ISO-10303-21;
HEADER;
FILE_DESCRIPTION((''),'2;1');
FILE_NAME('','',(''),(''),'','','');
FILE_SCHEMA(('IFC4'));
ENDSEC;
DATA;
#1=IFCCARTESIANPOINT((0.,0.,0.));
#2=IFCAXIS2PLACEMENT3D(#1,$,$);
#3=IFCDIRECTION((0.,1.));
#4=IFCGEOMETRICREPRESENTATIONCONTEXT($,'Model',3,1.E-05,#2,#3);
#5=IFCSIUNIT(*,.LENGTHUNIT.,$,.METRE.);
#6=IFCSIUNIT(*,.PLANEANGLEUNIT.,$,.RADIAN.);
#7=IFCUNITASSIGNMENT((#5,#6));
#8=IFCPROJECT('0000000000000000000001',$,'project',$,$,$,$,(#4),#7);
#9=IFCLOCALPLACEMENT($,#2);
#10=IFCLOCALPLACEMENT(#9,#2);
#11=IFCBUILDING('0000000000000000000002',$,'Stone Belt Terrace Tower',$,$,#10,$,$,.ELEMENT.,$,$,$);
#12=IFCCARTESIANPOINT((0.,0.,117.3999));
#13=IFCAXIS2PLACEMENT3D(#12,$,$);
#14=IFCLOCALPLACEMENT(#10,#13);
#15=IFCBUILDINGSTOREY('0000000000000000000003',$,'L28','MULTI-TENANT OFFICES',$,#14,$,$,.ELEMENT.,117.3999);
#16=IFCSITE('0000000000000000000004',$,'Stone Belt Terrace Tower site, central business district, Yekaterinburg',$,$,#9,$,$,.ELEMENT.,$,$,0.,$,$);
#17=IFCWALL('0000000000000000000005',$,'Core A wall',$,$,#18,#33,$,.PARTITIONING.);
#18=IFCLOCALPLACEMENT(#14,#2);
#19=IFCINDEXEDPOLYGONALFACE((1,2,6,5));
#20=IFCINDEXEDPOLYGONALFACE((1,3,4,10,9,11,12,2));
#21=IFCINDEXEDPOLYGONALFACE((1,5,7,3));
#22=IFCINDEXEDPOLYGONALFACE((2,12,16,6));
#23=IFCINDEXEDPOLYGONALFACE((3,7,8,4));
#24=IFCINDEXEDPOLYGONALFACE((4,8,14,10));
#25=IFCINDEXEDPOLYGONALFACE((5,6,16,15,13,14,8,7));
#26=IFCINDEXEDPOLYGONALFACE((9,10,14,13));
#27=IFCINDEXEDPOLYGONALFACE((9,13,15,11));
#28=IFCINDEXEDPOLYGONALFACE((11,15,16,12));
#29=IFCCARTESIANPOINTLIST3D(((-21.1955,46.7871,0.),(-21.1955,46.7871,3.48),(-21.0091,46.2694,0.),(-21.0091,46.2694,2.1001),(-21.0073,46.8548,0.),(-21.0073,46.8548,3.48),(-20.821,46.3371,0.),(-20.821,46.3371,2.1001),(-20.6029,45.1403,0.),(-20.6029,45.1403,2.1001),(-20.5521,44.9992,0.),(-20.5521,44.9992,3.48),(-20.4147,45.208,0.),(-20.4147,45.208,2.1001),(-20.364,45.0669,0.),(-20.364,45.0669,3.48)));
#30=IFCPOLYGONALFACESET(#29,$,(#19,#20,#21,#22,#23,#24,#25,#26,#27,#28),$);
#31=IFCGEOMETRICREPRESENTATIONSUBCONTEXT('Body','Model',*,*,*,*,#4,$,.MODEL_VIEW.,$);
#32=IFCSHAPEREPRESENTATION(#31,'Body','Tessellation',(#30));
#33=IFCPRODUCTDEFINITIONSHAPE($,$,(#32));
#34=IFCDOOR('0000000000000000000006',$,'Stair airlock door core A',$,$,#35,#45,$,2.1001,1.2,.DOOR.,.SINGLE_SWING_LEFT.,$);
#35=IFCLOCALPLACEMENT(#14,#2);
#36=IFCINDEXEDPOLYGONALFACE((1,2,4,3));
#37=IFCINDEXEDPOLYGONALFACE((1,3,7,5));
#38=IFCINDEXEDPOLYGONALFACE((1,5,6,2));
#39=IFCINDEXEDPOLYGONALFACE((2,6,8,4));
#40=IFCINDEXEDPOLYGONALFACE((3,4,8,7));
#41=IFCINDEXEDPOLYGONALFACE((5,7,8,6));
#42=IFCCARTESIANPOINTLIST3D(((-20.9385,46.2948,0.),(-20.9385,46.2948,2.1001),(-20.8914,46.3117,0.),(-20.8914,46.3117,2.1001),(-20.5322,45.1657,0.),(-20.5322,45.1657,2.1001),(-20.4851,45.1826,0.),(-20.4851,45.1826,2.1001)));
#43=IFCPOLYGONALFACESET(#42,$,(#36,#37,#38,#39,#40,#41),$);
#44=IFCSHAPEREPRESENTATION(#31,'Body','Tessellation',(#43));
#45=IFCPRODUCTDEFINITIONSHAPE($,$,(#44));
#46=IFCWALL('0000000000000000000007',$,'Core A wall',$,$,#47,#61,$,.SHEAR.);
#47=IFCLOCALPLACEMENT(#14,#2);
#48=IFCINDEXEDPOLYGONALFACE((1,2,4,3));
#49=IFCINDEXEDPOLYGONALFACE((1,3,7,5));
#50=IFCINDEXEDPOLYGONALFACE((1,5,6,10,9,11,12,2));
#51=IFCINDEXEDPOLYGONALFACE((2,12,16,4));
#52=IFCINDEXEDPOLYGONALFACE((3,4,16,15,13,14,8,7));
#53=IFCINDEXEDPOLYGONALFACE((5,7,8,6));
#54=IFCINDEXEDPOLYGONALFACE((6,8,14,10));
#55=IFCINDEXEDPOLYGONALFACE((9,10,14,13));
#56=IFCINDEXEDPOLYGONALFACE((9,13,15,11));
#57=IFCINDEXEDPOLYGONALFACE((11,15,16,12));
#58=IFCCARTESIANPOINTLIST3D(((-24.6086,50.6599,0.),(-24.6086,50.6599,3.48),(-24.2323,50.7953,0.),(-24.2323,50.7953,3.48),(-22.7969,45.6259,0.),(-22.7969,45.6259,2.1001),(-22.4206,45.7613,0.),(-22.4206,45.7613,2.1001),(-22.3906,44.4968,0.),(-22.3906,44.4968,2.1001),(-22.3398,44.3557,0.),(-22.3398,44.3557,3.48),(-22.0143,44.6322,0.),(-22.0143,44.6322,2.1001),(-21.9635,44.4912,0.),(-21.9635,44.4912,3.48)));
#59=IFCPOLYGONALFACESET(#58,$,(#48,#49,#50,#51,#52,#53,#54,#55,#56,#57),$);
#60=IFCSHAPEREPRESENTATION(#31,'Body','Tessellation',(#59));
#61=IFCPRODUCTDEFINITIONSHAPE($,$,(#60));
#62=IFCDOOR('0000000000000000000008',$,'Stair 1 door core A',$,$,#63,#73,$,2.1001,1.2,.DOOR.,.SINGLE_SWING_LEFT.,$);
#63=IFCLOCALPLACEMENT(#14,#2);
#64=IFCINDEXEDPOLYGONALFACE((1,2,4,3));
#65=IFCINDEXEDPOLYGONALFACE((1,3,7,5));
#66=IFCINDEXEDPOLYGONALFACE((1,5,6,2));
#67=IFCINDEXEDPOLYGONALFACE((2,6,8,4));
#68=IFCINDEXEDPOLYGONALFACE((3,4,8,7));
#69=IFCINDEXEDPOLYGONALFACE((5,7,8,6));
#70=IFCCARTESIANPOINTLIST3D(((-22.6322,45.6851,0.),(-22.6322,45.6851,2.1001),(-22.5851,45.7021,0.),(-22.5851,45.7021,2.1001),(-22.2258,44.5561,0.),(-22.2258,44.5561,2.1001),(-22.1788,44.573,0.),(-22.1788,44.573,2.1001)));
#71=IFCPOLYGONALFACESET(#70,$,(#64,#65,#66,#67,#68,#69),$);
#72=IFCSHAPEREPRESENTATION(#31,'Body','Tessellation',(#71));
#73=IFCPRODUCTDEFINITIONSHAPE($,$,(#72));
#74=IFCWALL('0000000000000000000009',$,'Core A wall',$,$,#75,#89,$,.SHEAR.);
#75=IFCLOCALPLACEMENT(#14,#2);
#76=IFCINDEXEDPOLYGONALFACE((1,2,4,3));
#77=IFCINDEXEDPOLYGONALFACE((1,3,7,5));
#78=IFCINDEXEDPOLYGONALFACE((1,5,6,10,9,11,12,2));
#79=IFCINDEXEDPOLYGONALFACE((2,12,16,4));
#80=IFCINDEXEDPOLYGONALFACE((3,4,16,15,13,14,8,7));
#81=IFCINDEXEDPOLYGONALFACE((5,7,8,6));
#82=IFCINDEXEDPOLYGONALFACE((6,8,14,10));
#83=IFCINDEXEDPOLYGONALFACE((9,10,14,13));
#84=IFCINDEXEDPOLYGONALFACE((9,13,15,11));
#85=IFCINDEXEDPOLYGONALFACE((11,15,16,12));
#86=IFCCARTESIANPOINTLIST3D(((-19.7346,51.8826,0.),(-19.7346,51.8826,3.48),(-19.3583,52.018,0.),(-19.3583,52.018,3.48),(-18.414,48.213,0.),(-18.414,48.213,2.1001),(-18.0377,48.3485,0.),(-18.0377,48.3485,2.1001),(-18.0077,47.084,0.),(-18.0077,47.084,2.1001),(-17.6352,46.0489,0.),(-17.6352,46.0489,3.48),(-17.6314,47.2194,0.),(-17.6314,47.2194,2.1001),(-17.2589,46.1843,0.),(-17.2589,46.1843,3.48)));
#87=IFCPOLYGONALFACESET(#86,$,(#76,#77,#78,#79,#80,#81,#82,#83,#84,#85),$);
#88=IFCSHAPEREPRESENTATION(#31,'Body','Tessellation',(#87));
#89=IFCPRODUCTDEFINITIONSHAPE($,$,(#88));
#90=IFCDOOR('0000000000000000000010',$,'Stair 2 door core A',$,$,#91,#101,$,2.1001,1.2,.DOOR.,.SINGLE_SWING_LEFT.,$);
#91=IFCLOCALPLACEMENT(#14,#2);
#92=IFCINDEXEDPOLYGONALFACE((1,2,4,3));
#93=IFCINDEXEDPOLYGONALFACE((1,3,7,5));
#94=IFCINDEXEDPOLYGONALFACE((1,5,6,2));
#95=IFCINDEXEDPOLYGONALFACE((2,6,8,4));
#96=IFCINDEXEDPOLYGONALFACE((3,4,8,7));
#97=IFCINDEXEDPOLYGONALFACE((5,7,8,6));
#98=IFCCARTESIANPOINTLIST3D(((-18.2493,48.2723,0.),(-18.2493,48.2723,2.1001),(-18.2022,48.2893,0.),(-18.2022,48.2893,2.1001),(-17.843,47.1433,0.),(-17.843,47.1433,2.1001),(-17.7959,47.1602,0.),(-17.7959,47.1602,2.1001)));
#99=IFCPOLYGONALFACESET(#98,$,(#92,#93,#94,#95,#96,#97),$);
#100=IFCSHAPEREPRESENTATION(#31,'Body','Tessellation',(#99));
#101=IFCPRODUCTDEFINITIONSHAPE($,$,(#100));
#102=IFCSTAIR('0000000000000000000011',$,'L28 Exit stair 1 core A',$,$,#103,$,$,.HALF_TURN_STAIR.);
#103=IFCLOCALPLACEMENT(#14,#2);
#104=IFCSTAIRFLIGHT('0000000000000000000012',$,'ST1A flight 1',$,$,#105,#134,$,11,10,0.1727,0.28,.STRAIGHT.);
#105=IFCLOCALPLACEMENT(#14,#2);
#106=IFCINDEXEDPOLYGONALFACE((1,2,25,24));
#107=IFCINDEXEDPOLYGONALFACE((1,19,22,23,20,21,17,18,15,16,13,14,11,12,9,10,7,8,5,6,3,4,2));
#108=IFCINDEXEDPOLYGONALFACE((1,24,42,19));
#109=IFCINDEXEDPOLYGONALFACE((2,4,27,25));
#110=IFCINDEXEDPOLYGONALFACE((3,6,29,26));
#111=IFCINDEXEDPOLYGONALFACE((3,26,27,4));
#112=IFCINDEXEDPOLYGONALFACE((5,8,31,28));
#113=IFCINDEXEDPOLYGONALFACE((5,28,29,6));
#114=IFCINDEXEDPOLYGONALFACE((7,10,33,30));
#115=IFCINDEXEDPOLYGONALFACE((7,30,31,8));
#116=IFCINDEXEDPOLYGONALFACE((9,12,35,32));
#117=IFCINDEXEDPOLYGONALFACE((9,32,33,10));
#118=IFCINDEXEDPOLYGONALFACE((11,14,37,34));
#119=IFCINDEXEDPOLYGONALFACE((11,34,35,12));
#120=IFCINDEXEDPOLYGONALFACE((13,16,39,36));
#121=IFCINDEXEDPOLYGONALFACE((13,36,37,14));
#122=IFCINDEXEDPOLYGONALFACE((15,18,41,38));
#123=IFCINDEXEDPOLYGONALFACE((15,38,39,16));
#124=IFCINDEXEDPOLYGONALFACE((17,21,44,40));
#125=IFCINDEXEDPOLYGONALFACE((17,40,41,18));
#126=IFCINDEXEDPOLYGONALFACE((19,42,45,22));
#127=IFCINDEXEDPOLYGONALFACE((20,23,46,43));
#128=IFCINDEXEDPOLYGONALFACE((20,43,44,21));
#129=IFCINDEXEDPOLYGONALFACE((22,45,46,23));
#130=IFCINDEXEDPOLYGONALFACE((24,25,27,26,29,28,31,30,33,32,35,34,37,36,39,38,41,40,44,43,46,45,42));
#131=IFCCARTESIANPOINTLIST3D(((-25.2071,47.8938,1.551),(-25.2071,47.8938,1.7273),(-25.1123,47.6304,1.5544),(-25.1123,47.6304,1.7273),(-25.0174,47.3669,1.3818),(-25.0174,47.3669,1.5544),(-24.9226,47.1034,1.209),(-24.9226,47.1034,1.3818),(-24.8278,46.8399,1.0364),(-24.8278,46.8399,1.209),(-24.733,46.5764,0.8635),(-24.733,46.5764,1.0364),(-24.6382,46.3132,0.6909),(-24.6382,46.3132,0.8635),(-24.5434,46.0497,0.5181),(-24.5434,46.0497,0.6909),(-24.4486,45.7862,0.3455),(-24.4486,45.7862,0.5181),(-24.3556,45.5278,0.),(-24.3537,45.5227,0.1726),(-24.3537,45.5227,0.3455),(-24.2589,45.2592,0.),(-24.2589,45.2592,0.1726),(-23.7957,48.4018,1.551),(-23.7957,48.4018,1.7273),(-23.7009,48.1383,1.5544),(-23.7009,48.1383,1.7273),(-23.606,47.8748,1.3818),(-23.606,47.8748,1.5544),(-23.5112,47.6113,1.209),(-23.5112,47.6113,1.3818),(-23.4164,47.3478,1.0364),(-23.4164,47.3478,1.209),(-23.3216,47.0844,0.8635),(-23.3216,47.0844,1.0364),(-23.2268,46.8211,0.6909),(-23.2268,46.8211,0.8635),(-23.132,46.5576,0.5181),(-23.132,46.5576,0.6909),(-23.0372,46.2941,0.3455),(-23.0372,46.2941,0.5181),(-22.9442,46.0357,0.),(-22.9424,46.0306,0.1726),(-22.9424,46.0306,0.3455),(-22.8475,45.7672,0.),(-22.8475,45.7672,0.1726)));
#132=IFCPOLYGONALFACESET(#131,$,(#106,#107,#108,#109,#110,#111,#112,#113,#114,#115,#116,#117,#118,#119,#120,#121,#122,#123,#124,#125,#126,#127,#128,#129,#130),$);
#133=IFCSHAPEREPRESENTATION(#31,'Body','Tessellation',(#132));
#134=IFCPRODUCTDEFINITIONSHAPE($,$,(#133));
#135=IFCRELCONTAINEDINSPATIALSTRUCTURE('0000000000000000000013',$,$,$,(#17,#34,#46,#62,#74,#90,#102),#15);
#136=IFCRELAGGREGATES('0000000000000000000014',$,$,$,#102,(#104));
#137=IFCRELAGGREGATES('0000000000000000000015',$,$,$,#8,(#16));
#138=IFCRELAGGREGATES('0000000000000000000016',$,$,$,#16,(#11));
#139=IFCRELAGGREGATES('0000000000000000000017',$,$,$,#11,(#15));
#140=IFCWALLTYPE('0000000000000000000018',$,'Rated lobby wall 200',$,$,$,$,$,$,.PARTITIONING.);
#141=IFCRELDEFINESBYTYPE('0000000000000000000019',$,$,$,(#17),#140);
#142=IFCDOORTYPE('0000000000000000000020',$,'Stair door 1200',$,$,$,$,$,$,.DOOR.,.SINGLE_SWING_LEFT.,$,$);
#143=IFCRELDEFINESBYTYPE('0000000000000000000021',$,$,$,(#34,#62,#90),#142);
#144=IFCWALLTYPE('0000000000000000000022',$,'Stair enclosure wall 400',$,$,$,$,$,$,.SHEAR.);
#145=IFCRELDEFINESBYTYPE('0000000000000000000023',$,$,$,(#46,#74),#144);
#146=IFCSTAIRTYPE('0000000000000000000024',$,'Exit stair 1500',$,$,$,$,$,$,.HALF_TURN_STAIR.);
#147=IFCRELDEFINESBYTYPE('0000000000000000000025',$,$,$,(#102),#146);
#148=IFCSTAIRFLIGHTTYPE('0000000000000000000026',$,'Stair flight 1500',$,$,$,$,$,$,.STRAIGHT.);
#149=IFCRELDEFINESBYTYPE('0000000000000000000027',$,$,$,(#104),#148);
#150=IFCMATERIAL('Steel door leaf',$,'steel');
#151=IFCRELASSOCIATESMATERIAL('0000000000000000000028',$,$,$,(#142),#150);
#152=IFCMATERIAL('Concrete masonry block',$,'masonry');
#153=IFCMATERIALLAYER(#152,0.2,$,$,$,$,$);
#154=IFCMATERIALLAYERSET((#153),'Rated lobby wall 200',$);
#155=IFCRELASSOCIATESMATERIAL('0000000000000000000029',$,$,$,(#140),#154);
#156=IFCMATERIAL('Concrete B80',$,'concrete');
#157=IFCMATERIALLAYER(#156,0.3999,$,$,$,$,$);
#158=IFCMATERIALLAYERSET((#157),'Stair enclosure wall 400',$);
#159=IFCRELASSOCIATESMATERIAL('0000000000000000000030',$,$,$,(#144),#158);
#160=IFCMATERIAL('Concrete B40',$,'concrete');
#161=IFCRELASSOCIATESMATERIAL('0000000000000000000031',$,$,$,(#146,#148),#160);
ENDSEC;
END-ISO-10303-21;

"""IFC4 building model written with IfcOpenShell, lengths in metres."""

from ifc_helpers import new_model, si_unit, direction, frame, frame_2d, origin, place, context, subcontext, project, spatial, polyline, rectangle, outline, extrude, material, layer, layer_set, type_object, element, fill, aggregate, save


model = new_model("IFC4")

# Units and contexts
model_context = context("Model", 3, precision=1e-05, world=origin(), true_north=direction((0.0, 1.0)))
body_context = subcontext(model_context, "Body", "Model", "MODEL_VIEW")
ifc_project = project(units=[si_unit("LENGTHUNIT", "METRE"), si_unit("PLANEANGLEUNIT", "RADIAN")], contexts=[model_context])

# Site, building, storey
site_placement = place(None, origin())
site = spatial("IfcSite", under=ifc_project, at=site_placement, Name="Stone Belt Terrace Tower site, central business district, Yekaterinburg", CompositionType="ELEMENT", RefElevation=0.0)
building_placement = place(site_placement, origin())
building = spatial("IfcBuilding", under=site, at=building_placement, Name="Stone Belt Terrace Tower", CompositionType="ELEMENT")
storey_placement = place(building_placement, frame((0.0, 0.0, 117.3999)))
storey = spatial("IfcBuildingStorey", under=building, at=storey_placement, Name="L28", Description="MULTI-TENANT OFFICES", CompositionType="ELEMENT", Elevation=117.3999)

# Shared definitions
ifc_material_1 = material(Name="Concrete B80", Category="concrete")
ifc_material_2 = material(Name="Steel door leaf", Category="steel")
door_type_1 = type_object("IfcDoorType", Name="Stair door 1200", OperationType="SINGLE_SWING_LEFT", PredefinedType="DOOR", material=ifc_material_2)

# Shared definitions
ifc_material_3 = material(Name="Concrete masonry block", Category="masonry")
ifc_layer_1 = layer(ifc_material_3, 0.2)
ifc_layer_set_1 = layer_set([ifc_layer_1], Name="Rated lobby wall 200")
wall_type_1 = type_object("IfcWallType", Name="Rated lobby wall 200", PredefinedType="PARTITIONING", material=ifc_layer_set_1)

# Walls, openings, doors
wall_1_placement = place(storey_placement, frame((-20.458, 45.033, 0.0), z_axis=(0.0, 0.0, 1.0), x_axis=(-0.338574, 0.94094, 0.0)))
wall_1 = element("IfcWall", 1, at=wall_1_placement, inside=storey, type_object=wall_type_1, Name="Core A wall", PredefinedType="PARTITIONING", context=body_context, shape_type="SweptSolid", body=[
    extrude(rectangle(XDim=1.9001, YDim=0.2, at=frame_2d((0.9502, 0.0))), origin(), (0.0, 0.0, 1.0), 3.48),
])
opening_1_placement = place(wall_1_placement, frame((0.1499, 0.0, 0.0)))
opening_1 = element("IfcOpeningElement", 2, at=opening_1_placement, cuts=wall_1, PredefinedType="OPENING", context=body_context, shape_type="SweptSolid", body=[
    extrude(rectangle(XDim=1.2, YDim=2.1001, at=frame_2d((0.6001, 1.05))), frame((0.0, 0.1099, 0.0), z_axis=(0.0, -1.0, 0.0), x_axis=(1.0, 0.0, 0.0)), (0.0, 0.0, 1.0), 0.22),
])
door_1_placement = place(opening_1_placement, origin())
door_1 = element("IfcDoor", 3, at=door_1_placement, inside=storey, type_object=door_type_1, Name="Stair airlock door core A", OperationType="SINGLE_SWING_LEFT", OverallHeight=2.1001, OverallWidth=1.2, PredefinedType="DOOR", context=body_context, shape_type="SweptSolid", body=[
    extrude(rectangle(XDim=1.2, YDim=2.1001, at=frame_2d((0.6001, 1.05))), frame((0.0, 0.0249, 0.0), z_axis=(0.0, -1.0, 0.0), x_axis=(1.0, 0.0, 0.0)), (0.0, 0.0, 1.0), 0.05),
])
fill(opening_1, door_1)
ifc_layer_2 = layer(ifc_material_1, 0.3999)
ifc_layer_set_2 = layer_set([ifc_layer_2], Name="Stair enclosure wall 400")
wall_type_2 = type_object("IfcWallType", Name="Stair enclosure wall 400", PredefinedType="SHEAR", material=ifc_layer_set_2)
wall_2_placement = place(storey_placement, frame((-22.1516, 44.4233, 0.0), z_axis=(0.0, 0.0, 1.0), x_axis=(-0.338625, 0.940921, 0.0)))
wall_2 = element("IfcWall", 4, at=wall_2_placement, inside=storey, type_object=wall_type_2, Name="Core A wall", PredefinedType="SHEAR", context=body_context, shape_type="SweptSolid", body=[
    extrude(rectangle(XDim=6.7, YDim=0.3999, at=frame_2d((3.3501, 0.0))), origin(), (0.0, 0.0, 1.0), 3.48),
])
opening_2_placement = place(wall_2_placement, frame((0.1499, 0.0, 0.0)))
opening_2 = element("IfcOpeningElement", 5, at=opening_2_placement, cuts=wall_2, PredefinedType="OPENING", context=body_context, shape_type="SweptSolid", body=[
    extrude(rectangle(XDim=1.2, YDim=2.1001, at=frame_2d((0.6001, 1.05))), frame((0.0, 0.21, 0.0), z_axis=(0.0, -1.0, 0.0), x_axis=(1.0, 0.0, 0.0)), (0.0, 0.0, 1.0), 0.4199),
])
door_2_placement = place(opening_2_placement, origin())
door_2 = element("IfcDoor", 6, at=door_2_placement, inside=storey, type_object=door_type_1, Name="Stair 1 door core A", OperationType="SINGLE_SWING_LEFT", OverallHeight=2.1001, OverallWidth=1.2, PredefinedType="DOOR", context=body_context, shape_type="SweptSolid", body=[
    extrude(rectangle(XDim=1.2, YDim=2.1001, at=frame_2d((0.6001, 1.05))), frame((0.0, 0.0249, 0.0), z_axis=(0.0, -1.0, 0.0), x_axis=(1.0, 0.0, 0.0)), (0.0, 0.0, 1.0), 0.05),
])
fill(opening_2, door_2)
wall_3_placement = place(storey_placement, frame((-17.447, 46.1165, 0.0), z_axis=(0.0, 0.0, 1.0), x_axis=(-0.338608, 0.940928, 0.0)))
wall_3 = element("IfcWall", 7, at=wall_3_placement, inside=storey, type_object=wall_type_2, Name="Core A wall", PredefinedType="SHEAR", context=body_context, shape_type="SweptSolid", body=[
    extrude(rectangle(XDim=6.2, YDim=0.3999, at=frame_2d((3.1001, 0.0))), origin(), (0.0, 0.0, 1.0), 3.48),
])
opening_3_placement = place(wall_3_placement, frame((1.1001, 0.0, 0.0)))
opening_3 = element("IfcOpeningElement", 8, at=opening_3_placement, cuts=wall_3, PredefinedType="OPENING", context=body_context, shape_type="SweptSolid", body=[
    extrude(rectangle(XDim=1.2, YDim=2.1001, at=frame_2d((0.6001, 1.05))), frame((0.0, 0.21, 0.0), z_axis=(0.0, -1.0, 0.0), x_axis=(1.0, 0.0, 0.0)), (0.0, 0.0, 1.0), 0.4199),
])
door_3_placement = place(opening_3_placement, origin())
door_3 = element("IfcDoor", 9, at=door_3_placement, inside=storey, type_object=door_type_1, Name="Stair 2 door core A", OperationType="SINGLE_SWING_LEFT", OverallHeight=2.1001, OverallWidth=1.2, PredefinedType="DOOR", context=body_context, shape_type="SweptSolid", body=[
    extrude(rectangle(XDim=1.2, YDim=2.1001, at=frame_2d((0.6001, 1.05))), frame((0.0, 0.0249, 0.0), z_axis=(0.0, -1.0, 0.0), x_axis=(1.0, 0.0, 0.0)), (0.0, 0.0, 1.0), 0.05),
])
fill(opening_3, door_3)

# Stair, stair flight
ifc_material_4 = material(Name="Concrete B40", Category="concrete")
stair_type = type_object("IfcStairType", Name="Exit stair 1500", PredefinedType="HALF_TURN_STAIR", material=ifc_material_4)
stair_placement = place(storey_placement, origin())
stair = element("IfcStair", 10, at=stair_placement, inside=storey, type_object=stair_type, Name="L28 Exit stair 1 core A", PredefinedType="HALF_TURN_STAIR")
stair_flight_type = type_object("IfcStairFlightType", Name="Stair flight 1500", PredefinedType="STRAIGHT", material=ifc_material_4)
stair_flight_placement = place(storey_placement, frame((-23.5532, 45.5132, 0.0), z_axis=(0.0, 0.0, 1.0), x_axis=(-0.338624, 0.940922, 0.0)))
stair_flight = element("IfcStairFlight", 11, at=stair_flight_placement, type_object=stair_flight_type, Name="ST1A flight 1", NumberOfRisers=11, NumberOfTreads=10, PredefinedType="STRAIGHT", RiserHeight=0.1727, TreadLength=0.28, context=body_context, shape_type="SweptSolid", body=[
    extrude(outline(polyline([(0.0, 0.0), (0.0, 0.1726), (0.28, 0.1726), (0.28, 0.3455), (0.5601, 0.3455), (0.5601, 0.5181), (0.8401, 0.5181), (0.8401, 0.6909), (1.1201, 0.6909), (1.1201, 0.8635), (1.3999, 0.8635), (1.3999, 1.0364), (1.6799, 1.0364), (1.6799, 1.209), (1.96, 1.209), (1.96, 1.3818), (2.24, 1.3818), (2.24, 1.5544), (2.52, 1.5544), (2.52, 1.7273), (2.8, 1.7273), (2.8, 1.8999), (2.8, 1.551), (0.2854, 0.0), (0.0, 0.0)])), frame((0.0, 0.75, 0.0), z_axis=(0.0, -1.0, 0.0), x_axis=(1.0, 0.0, 0.0)), (0.0, 0.0, 1.0), 1.5),
])
aggregate(stair, [stair_flight])

save(model, "model.ifc")
